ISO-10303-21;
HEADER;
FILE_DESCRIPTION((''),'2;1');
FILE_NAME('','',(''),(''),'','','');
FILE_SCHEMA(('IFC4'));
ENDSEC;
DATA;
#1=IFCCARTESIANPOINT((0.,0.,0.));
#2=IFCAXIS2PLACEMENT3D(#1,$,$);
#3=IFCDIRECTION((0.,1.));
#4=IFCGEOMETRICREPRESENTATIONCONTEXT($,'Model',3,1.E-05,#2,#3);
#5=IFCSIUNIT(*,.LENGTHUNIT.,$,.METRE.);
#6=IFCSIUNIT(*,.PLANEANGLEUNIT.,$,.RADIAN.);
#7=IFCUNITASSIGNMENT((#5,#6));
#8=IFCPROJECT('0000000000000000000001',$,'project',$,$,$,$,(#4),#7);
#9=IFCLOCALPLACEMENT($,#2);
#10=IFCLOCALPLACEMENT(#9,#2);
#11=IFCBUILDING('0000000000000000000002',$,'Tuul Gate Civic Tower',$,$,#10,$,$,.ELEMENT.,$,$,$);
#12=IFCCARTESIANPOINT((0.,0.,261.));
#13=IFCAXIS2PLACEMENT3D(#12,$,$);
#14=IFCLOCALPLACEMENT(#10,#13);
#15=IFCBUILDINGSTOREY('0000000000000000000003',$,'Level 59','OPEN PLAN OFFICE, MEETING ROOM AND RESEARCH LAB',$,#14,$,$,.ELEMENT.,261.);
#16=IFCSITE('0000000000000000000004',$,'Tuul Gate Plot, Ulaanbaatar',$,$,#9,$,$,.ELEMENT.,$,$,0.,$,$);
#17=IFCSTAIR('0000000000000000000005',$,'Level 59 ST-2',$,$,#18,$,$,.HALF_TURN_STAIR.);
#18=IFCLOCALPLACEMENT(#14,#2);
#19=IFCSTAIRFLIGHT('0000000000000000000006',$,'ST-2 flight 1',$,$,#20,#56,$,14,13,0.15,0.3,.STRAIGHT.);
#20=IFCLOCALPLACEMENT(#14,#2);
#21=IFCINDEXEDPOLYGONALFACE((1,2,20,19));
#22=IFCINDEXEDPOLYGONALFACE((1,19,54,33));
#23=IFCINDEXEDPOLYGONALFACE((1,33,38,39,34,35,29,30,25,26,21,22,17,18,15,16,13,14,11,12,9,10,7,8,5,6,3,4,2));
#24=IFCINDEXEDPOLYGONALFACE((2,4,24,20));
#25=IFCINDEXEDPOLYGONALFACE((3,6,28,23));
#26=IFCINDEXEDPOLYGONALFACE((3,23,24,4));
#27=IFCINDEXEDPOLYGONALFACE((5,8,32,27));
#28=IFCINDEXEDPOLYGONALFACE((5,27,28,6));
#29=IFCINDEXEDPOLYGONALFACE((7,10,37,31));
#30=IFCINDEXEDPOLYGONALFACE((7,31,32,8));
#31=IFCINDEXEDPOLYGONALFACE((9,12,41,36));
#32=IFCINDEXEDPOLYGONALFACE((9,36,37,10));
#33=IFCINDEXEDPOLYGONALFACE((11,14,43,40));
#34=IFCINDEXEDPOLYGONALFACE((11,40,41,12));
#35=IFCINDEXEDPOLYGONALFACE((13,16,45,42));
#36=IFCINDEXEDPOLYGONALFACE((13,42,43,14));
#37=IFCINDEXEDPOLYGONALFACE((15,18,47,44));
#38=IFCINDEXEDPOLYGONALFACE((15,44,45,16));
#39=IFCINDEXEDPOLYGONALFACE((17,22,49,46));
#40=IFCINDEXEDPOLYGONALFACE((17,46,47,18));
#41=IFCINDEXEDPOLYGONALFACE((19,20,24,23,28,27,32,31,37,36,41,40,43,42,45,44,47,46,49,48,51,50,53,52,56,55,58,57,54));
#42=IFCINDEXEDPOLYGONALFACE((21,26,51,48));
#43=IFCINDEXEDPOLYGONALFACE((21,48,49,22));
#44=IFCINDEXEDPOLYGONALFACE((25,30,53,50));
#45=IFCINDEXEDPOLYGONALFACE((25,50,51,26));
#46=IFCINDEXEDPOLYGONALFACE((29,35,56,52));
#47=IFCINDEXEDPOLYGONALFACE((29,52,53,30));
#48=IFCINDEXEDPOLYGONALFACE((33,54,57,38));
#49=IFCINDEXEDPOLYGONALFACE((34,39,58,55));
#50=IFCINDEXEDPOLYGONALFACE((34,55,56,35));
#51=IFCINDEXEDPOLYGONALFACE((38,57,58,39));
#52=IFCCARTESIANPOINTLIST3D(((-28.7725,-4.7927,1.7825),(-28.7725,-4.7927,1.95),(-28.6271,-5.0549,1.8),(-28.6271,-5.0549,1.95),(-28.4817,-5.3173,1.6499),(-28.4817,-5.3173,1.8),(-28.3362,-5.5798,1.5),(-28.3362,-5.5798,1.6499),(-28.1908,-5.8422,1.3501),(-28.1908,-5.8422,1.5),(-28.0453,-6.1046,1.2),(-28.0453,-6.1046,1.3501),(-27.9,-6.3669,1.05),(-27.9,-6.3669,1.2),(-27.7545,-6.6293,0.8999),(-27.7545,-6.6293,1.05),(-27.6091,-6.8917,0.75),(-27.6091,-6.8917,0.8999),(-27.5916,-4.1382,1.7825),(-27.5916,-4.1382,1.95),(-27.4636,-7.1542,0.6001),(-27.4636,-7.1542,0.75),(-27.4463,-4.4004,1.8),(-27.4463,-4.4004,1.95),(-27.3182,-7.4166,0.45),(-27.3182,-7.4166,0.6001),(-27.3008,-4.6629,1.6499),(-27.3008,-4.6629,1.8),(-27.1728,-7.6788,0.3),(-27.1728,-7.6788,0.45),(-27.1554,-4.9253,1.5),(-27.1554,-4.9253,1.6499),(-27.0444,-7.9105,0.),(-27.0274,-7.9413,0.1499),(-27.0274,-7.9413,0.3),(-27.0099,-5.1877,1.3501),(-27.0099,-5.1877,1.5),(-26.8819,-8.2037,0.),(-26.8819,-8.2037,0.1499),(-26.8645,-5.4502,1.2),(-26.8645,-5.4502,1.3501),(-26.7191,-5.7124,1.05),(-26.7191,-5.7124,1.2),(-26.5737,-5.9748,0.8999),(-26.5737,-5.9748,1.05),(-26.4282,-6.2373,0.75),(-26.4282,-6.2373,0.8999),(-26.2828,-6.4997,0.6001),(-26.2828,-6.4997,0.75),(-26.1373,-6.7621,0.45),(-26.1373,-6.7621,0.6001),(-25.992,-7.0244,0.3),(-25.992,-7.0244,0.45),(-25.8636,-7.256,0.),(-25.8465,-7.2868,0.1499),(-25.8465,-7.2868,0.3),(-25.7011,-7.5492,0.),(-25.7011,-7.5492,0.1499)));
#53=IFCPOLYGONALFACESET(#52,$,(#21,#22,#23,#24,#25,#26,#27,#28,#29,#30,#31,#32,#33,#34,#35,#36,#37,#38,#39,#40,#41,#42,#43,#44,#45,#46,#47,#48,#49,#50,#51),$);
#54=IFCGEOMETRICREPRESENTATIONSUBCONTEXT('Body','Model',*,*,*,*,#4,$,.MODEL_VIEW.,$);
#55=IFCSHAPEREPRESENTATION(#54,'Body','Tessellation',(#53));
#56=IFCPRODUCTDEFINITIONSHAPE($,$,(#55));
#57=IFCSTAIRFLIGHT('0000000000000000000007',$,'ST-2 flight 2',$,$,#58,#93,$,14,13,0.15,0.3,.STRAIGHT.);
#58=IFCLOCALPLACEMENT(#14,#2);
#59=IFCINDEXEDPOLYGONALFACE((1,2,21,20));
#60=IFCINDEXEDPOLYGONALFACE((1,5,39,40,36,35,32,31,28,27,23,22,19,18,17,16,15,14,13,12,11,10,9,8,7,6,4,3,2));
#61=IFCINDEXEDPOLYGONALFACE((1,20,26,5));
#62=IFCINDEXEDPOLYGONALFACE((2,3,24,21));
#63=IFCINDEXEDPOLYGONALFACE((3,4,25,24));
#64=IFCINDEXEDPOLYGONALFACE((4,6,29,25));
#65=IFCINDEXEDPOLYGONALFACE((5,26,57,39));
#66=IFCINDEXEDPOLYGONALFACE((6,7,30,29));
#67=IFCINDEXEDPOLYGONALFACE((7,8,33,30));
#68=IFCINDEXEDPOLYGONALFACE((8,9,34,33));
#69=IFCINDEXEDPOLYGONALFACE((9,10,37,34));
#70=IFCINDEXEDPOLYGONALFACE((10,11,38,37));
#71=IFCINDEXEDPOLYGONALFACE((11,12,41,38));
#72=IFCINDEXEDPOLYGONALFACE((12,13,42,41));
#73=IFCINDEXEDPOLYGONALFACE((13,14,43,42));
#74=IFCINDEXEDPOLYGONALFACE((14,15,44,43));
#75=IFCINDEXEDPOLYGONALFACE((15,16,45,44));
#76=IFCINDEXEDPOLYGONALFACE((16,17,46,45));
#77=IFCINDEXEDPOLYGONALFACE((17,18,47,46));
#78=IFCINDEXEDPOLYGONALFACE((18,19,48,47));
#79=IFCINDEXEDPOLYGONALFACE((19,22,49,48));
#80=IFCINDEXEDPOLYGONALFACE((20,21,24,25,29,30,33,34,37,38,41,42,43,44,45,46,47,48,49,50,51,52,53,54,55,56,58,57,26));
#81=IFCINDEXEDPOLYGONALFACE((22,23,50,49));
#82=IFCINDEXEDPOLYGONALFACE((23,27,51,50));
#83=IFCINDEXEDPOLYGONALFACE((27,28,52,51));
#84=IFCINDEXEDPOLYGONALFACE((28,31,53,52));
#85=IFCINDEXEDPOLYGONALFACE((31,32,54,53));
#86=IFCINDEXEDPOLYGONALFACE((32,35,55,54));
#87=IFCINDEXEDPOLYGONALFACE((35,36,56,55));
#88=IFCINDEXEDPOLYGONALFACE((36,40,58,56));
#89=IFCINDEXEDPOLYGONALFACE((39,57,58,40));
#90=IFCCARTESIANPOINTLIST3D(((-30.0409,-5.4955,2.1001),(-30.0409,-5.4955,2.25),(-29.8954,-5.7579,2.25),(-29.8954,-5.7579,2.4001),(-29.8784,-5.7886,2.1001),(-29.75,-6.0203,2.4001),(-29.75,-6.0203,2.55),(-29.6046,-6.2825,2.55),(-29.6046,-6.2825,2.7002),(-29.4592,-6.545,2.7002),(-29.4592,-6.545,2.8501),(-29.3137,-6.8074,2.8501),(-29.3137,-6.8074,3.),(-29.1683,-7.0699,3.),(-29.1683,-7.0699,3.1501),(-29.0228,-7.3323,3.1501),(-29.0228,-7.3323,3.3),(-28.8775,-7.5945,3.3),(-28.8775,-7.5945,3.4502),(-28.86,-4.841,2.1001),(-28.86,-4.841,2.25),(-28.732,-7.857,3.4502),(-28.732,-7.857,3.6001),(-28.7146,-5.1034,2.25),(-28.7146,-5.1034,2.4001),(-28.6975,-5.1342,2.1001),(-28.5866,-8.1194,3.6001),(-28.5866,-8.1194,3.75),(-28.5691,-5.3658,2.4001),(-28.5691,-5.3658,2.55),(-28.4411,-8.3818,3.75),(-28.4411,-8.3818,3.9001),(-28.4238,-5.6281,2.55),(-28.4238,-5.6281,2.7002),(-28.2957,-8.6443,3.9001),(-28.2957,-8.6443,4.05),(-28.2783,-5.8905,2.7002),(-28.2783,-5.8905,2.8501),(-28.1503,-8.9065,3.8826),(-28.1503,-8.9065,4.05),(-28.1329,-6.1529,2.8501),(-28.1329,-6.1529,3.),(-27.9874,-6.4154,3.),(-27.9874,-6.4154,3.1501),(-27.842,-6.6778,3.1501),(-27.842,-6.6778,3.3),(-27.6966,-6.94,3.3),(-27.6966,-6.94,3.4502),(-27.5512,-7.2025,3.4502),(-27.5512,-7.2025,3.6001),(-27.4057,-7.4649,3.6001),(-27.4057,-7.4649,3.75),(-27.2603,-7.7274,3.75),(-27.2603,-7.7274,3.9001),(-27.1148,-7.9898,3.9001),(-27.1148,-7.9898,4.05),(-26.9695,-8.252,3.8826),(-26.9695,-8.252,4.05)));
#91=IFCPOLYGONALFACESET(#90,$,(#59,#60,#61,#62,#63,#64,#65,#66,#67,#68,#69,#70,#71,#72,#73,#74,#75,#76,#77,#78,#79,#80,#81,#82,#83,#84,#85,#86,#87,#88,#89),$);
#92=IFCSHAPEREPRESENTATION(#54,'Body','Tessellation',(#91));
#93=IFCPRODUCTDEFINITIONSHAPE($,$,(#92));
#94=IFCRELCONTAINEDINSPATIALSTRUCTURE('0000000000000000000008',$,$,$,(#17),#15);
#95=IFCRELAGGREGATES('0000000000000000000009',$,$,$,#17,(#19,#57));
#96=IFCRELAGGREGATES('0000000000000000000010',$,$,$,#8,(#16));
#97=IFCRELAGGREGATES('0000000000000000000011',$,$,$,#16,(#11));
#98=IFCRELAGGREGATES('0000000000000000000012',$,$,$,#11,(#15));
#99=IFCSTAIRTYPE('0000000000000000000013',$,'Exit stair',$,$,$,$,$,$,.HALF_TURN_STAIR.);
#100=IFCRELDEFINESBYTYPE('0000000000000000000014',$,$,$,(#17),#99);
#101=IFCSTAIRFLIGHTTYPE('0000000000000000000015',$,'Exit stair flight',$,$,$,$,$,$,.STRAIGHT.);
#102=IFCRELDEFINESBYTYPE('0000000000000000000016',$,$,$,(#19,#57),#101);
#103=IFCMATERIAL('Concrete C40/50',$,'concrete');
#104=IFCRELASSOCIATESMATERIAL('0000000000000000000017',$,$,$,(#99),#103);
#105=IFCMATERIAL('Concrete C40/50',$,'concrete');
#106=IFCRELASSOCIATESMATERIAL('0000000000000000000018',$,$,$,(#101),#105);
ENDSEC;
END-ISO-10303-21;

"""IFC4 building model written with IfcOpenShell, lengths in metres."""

from ifc_helpers import new_model, si_unit, direction, frame, origin, place, context, subcontext, project, spatial, polyline, outline, extrude, material, type_object, element, aggregate, save


model = new_model("IFC4")

# Units and contexts
model_context = context("Model", 3, precision=1e-05, world=origin(), true_north=direction((0.0, 1.0)))
body_context = subcontext(model_context, "Body", "Model", "MODEL_VIEW")
ifc_project = project(units=[si_unit("LENGTHUNIT", "METRE"), si_unit("PLANEANGLEUNIT", "RADIAN")], contexts=[model_context])

# Site, building, storey
site_placement = place(None, origin())
site = spatial("IfcSite", under=ifc_project, at=site_placement, Name="Tuul Gate Plot, Ulaanbaatar", CompositionType="ELEMENT", RefElevation=0.0)
building_placement = place(site_placement, origin())
building = spatial("IfcBuilding", under=site, at=building_placement, Name="Tuul Gate Civic Tower", CompositionType="ELEMENT")
storey_placement = place(building_placement, frame((0.0, 0.0, 261.0)))
storey = spatial("IfcBuildingStorey", under=building, at=storey_placement, Name="Level 59", Description="OPEN PLAN OFFICE, MEETING ROOM AND RESEARCH LAB", CompositionType="ELEMENT", Elevation=261.0)

# Stair, stair flights
ifc_material_1 = material(Name="Concrete C40/50", Category="concrete")
stair_type = type_object("IfcStairType", Name="Exit stair", PredefinedType="HALF_TURN_STAIR", material=ifc_material_1)
stair_placement = place(storey_placement, origin())
stair = element("IfcStair", 1, at=stair_placement, inside=storey, type_object=stair_type, Name="Level 59 ST-2", PredefinedType="HALF_TURN_STAIR")
ifc_material_2 = material(Name="Concrete C40/50", Category="concrete")
stair_flight_type = type_object("IfcStairFlightType", Name="Exit stair flight", PredefinedType="STRAIGHT", material=ifc_material_2)
stair_flight_1_placement = place(storey_placement, frame((-26.2915, -7.8765, 0.0), z_axis=(0.0, 0.0, 1.0), x_axis=(-0.484762, 0.874646, 0.0)))
stair_flight_1 = element("IfcStairFlight", 2, at=stair_flight_1_placement, type_object=stair_flight_type, Name="ST-2 flight 1", NumberOfRisers=14, NumberOfTreads=13, PredefinedType="STRAIGHT", RiserHeight=0.15, TreadLength=0.3, context=body_context, shape_type="SweptSolid", body=[
    extrude(outline(polyline([(0.0, 0.0), (0.0, 0.1499), (0.3, 0.1499), (0.3, 0.3), (0.6001, 0.3), (0.6001, 0.45), (0.8999, 0.45), (0.8999, 0.6001), (1.2, 0.6001), (1.2, 0.75), (1.5, 0.75), (1.5, 0.8999), (1.8, 0.8999), (1.8, 1.05), (2.1001, 1.05), (2.1001, 1.2), (2.3999, 1.2), (2.3999, 1.3501), (2.7, 1.3501), (2.7, 1.5), (3.0, 1.5), (3.0, 1.6499), (3.3, 1.6499), (3.3, 1.8), (3.6001, 1.8), (3.6001, 1.95), (3.8999, 1.95), (3.8999, 2.1001), (3.8999, 1.7825), (0.3352, 0.0), (0.0, 0.0)])), frame((0.0, 0.675, 0.0), z_axis=(0.0, -1.0, 0.0), x_axis=(1.0, 0.0, 0.0)), (0.0, 0.0, 1.0), 1.3501),
])
stair_flight_2_placement = place(storey_placement, frame((-29.4504, -5.1682, 2.1001), z_axis=(0.0, 0.0, 1.0), x_axis=(0.484762, -0.874646, 0.0)))
stair_flight_2 = element("IfcStairFlight", 3, at=stair_flight_2_placement, type_object=stair_flight_type, Name="ST-2 flight 2", NumberOfRisers=14, NumberOfTreads=13, PredefinedType="STRAIGHT", RiserHeight=0.15, TreadLength=0.3, context=body_context, shape_type="SweptSolid", body=[
    extrude(outline(polyline([(0.0, 0.0), (0.0, 0.1499), (0.3, 0.1499), (0.3, 0.3), (0.6001, 0.3), (0.6001, 0.45), (0.8999, 0.45), (0.8999, 0.6001), (1.2, 0.6001), (1.2, 0.75), (1.5, 0.75), (1.5, 0.8999), (1.8, 0.8999), (1.8, 1.05), (2.1001, 1.05), (2.1001, 1.2), (2.3999, 1.2), (2.3999, 1.3501), (2.7, 1.3501), (2.7, 1.5), (3.0, 1.5), (3.0, 1.6499), (3.3, 1.6499), (3.3, 1.8), (3.6001, 1.8), (3.6001, 1.95), (3.8999, 1.95), (3.8999, 2.1001), (3.8999, 1.7825), (0.3352, 0.0), (0.0, 0.0)])), frame((0.0, 0.675, 0.0), z_axis=(0.0, -1.0, 0.0), x_axis=(1.0, 0.0, 0.0)), (0.0, 0.0, 1.0), 1.3501),
])
aggregate(stair, [stair_flight_1, stair_flight_2])

save(model, "model.ifc")
